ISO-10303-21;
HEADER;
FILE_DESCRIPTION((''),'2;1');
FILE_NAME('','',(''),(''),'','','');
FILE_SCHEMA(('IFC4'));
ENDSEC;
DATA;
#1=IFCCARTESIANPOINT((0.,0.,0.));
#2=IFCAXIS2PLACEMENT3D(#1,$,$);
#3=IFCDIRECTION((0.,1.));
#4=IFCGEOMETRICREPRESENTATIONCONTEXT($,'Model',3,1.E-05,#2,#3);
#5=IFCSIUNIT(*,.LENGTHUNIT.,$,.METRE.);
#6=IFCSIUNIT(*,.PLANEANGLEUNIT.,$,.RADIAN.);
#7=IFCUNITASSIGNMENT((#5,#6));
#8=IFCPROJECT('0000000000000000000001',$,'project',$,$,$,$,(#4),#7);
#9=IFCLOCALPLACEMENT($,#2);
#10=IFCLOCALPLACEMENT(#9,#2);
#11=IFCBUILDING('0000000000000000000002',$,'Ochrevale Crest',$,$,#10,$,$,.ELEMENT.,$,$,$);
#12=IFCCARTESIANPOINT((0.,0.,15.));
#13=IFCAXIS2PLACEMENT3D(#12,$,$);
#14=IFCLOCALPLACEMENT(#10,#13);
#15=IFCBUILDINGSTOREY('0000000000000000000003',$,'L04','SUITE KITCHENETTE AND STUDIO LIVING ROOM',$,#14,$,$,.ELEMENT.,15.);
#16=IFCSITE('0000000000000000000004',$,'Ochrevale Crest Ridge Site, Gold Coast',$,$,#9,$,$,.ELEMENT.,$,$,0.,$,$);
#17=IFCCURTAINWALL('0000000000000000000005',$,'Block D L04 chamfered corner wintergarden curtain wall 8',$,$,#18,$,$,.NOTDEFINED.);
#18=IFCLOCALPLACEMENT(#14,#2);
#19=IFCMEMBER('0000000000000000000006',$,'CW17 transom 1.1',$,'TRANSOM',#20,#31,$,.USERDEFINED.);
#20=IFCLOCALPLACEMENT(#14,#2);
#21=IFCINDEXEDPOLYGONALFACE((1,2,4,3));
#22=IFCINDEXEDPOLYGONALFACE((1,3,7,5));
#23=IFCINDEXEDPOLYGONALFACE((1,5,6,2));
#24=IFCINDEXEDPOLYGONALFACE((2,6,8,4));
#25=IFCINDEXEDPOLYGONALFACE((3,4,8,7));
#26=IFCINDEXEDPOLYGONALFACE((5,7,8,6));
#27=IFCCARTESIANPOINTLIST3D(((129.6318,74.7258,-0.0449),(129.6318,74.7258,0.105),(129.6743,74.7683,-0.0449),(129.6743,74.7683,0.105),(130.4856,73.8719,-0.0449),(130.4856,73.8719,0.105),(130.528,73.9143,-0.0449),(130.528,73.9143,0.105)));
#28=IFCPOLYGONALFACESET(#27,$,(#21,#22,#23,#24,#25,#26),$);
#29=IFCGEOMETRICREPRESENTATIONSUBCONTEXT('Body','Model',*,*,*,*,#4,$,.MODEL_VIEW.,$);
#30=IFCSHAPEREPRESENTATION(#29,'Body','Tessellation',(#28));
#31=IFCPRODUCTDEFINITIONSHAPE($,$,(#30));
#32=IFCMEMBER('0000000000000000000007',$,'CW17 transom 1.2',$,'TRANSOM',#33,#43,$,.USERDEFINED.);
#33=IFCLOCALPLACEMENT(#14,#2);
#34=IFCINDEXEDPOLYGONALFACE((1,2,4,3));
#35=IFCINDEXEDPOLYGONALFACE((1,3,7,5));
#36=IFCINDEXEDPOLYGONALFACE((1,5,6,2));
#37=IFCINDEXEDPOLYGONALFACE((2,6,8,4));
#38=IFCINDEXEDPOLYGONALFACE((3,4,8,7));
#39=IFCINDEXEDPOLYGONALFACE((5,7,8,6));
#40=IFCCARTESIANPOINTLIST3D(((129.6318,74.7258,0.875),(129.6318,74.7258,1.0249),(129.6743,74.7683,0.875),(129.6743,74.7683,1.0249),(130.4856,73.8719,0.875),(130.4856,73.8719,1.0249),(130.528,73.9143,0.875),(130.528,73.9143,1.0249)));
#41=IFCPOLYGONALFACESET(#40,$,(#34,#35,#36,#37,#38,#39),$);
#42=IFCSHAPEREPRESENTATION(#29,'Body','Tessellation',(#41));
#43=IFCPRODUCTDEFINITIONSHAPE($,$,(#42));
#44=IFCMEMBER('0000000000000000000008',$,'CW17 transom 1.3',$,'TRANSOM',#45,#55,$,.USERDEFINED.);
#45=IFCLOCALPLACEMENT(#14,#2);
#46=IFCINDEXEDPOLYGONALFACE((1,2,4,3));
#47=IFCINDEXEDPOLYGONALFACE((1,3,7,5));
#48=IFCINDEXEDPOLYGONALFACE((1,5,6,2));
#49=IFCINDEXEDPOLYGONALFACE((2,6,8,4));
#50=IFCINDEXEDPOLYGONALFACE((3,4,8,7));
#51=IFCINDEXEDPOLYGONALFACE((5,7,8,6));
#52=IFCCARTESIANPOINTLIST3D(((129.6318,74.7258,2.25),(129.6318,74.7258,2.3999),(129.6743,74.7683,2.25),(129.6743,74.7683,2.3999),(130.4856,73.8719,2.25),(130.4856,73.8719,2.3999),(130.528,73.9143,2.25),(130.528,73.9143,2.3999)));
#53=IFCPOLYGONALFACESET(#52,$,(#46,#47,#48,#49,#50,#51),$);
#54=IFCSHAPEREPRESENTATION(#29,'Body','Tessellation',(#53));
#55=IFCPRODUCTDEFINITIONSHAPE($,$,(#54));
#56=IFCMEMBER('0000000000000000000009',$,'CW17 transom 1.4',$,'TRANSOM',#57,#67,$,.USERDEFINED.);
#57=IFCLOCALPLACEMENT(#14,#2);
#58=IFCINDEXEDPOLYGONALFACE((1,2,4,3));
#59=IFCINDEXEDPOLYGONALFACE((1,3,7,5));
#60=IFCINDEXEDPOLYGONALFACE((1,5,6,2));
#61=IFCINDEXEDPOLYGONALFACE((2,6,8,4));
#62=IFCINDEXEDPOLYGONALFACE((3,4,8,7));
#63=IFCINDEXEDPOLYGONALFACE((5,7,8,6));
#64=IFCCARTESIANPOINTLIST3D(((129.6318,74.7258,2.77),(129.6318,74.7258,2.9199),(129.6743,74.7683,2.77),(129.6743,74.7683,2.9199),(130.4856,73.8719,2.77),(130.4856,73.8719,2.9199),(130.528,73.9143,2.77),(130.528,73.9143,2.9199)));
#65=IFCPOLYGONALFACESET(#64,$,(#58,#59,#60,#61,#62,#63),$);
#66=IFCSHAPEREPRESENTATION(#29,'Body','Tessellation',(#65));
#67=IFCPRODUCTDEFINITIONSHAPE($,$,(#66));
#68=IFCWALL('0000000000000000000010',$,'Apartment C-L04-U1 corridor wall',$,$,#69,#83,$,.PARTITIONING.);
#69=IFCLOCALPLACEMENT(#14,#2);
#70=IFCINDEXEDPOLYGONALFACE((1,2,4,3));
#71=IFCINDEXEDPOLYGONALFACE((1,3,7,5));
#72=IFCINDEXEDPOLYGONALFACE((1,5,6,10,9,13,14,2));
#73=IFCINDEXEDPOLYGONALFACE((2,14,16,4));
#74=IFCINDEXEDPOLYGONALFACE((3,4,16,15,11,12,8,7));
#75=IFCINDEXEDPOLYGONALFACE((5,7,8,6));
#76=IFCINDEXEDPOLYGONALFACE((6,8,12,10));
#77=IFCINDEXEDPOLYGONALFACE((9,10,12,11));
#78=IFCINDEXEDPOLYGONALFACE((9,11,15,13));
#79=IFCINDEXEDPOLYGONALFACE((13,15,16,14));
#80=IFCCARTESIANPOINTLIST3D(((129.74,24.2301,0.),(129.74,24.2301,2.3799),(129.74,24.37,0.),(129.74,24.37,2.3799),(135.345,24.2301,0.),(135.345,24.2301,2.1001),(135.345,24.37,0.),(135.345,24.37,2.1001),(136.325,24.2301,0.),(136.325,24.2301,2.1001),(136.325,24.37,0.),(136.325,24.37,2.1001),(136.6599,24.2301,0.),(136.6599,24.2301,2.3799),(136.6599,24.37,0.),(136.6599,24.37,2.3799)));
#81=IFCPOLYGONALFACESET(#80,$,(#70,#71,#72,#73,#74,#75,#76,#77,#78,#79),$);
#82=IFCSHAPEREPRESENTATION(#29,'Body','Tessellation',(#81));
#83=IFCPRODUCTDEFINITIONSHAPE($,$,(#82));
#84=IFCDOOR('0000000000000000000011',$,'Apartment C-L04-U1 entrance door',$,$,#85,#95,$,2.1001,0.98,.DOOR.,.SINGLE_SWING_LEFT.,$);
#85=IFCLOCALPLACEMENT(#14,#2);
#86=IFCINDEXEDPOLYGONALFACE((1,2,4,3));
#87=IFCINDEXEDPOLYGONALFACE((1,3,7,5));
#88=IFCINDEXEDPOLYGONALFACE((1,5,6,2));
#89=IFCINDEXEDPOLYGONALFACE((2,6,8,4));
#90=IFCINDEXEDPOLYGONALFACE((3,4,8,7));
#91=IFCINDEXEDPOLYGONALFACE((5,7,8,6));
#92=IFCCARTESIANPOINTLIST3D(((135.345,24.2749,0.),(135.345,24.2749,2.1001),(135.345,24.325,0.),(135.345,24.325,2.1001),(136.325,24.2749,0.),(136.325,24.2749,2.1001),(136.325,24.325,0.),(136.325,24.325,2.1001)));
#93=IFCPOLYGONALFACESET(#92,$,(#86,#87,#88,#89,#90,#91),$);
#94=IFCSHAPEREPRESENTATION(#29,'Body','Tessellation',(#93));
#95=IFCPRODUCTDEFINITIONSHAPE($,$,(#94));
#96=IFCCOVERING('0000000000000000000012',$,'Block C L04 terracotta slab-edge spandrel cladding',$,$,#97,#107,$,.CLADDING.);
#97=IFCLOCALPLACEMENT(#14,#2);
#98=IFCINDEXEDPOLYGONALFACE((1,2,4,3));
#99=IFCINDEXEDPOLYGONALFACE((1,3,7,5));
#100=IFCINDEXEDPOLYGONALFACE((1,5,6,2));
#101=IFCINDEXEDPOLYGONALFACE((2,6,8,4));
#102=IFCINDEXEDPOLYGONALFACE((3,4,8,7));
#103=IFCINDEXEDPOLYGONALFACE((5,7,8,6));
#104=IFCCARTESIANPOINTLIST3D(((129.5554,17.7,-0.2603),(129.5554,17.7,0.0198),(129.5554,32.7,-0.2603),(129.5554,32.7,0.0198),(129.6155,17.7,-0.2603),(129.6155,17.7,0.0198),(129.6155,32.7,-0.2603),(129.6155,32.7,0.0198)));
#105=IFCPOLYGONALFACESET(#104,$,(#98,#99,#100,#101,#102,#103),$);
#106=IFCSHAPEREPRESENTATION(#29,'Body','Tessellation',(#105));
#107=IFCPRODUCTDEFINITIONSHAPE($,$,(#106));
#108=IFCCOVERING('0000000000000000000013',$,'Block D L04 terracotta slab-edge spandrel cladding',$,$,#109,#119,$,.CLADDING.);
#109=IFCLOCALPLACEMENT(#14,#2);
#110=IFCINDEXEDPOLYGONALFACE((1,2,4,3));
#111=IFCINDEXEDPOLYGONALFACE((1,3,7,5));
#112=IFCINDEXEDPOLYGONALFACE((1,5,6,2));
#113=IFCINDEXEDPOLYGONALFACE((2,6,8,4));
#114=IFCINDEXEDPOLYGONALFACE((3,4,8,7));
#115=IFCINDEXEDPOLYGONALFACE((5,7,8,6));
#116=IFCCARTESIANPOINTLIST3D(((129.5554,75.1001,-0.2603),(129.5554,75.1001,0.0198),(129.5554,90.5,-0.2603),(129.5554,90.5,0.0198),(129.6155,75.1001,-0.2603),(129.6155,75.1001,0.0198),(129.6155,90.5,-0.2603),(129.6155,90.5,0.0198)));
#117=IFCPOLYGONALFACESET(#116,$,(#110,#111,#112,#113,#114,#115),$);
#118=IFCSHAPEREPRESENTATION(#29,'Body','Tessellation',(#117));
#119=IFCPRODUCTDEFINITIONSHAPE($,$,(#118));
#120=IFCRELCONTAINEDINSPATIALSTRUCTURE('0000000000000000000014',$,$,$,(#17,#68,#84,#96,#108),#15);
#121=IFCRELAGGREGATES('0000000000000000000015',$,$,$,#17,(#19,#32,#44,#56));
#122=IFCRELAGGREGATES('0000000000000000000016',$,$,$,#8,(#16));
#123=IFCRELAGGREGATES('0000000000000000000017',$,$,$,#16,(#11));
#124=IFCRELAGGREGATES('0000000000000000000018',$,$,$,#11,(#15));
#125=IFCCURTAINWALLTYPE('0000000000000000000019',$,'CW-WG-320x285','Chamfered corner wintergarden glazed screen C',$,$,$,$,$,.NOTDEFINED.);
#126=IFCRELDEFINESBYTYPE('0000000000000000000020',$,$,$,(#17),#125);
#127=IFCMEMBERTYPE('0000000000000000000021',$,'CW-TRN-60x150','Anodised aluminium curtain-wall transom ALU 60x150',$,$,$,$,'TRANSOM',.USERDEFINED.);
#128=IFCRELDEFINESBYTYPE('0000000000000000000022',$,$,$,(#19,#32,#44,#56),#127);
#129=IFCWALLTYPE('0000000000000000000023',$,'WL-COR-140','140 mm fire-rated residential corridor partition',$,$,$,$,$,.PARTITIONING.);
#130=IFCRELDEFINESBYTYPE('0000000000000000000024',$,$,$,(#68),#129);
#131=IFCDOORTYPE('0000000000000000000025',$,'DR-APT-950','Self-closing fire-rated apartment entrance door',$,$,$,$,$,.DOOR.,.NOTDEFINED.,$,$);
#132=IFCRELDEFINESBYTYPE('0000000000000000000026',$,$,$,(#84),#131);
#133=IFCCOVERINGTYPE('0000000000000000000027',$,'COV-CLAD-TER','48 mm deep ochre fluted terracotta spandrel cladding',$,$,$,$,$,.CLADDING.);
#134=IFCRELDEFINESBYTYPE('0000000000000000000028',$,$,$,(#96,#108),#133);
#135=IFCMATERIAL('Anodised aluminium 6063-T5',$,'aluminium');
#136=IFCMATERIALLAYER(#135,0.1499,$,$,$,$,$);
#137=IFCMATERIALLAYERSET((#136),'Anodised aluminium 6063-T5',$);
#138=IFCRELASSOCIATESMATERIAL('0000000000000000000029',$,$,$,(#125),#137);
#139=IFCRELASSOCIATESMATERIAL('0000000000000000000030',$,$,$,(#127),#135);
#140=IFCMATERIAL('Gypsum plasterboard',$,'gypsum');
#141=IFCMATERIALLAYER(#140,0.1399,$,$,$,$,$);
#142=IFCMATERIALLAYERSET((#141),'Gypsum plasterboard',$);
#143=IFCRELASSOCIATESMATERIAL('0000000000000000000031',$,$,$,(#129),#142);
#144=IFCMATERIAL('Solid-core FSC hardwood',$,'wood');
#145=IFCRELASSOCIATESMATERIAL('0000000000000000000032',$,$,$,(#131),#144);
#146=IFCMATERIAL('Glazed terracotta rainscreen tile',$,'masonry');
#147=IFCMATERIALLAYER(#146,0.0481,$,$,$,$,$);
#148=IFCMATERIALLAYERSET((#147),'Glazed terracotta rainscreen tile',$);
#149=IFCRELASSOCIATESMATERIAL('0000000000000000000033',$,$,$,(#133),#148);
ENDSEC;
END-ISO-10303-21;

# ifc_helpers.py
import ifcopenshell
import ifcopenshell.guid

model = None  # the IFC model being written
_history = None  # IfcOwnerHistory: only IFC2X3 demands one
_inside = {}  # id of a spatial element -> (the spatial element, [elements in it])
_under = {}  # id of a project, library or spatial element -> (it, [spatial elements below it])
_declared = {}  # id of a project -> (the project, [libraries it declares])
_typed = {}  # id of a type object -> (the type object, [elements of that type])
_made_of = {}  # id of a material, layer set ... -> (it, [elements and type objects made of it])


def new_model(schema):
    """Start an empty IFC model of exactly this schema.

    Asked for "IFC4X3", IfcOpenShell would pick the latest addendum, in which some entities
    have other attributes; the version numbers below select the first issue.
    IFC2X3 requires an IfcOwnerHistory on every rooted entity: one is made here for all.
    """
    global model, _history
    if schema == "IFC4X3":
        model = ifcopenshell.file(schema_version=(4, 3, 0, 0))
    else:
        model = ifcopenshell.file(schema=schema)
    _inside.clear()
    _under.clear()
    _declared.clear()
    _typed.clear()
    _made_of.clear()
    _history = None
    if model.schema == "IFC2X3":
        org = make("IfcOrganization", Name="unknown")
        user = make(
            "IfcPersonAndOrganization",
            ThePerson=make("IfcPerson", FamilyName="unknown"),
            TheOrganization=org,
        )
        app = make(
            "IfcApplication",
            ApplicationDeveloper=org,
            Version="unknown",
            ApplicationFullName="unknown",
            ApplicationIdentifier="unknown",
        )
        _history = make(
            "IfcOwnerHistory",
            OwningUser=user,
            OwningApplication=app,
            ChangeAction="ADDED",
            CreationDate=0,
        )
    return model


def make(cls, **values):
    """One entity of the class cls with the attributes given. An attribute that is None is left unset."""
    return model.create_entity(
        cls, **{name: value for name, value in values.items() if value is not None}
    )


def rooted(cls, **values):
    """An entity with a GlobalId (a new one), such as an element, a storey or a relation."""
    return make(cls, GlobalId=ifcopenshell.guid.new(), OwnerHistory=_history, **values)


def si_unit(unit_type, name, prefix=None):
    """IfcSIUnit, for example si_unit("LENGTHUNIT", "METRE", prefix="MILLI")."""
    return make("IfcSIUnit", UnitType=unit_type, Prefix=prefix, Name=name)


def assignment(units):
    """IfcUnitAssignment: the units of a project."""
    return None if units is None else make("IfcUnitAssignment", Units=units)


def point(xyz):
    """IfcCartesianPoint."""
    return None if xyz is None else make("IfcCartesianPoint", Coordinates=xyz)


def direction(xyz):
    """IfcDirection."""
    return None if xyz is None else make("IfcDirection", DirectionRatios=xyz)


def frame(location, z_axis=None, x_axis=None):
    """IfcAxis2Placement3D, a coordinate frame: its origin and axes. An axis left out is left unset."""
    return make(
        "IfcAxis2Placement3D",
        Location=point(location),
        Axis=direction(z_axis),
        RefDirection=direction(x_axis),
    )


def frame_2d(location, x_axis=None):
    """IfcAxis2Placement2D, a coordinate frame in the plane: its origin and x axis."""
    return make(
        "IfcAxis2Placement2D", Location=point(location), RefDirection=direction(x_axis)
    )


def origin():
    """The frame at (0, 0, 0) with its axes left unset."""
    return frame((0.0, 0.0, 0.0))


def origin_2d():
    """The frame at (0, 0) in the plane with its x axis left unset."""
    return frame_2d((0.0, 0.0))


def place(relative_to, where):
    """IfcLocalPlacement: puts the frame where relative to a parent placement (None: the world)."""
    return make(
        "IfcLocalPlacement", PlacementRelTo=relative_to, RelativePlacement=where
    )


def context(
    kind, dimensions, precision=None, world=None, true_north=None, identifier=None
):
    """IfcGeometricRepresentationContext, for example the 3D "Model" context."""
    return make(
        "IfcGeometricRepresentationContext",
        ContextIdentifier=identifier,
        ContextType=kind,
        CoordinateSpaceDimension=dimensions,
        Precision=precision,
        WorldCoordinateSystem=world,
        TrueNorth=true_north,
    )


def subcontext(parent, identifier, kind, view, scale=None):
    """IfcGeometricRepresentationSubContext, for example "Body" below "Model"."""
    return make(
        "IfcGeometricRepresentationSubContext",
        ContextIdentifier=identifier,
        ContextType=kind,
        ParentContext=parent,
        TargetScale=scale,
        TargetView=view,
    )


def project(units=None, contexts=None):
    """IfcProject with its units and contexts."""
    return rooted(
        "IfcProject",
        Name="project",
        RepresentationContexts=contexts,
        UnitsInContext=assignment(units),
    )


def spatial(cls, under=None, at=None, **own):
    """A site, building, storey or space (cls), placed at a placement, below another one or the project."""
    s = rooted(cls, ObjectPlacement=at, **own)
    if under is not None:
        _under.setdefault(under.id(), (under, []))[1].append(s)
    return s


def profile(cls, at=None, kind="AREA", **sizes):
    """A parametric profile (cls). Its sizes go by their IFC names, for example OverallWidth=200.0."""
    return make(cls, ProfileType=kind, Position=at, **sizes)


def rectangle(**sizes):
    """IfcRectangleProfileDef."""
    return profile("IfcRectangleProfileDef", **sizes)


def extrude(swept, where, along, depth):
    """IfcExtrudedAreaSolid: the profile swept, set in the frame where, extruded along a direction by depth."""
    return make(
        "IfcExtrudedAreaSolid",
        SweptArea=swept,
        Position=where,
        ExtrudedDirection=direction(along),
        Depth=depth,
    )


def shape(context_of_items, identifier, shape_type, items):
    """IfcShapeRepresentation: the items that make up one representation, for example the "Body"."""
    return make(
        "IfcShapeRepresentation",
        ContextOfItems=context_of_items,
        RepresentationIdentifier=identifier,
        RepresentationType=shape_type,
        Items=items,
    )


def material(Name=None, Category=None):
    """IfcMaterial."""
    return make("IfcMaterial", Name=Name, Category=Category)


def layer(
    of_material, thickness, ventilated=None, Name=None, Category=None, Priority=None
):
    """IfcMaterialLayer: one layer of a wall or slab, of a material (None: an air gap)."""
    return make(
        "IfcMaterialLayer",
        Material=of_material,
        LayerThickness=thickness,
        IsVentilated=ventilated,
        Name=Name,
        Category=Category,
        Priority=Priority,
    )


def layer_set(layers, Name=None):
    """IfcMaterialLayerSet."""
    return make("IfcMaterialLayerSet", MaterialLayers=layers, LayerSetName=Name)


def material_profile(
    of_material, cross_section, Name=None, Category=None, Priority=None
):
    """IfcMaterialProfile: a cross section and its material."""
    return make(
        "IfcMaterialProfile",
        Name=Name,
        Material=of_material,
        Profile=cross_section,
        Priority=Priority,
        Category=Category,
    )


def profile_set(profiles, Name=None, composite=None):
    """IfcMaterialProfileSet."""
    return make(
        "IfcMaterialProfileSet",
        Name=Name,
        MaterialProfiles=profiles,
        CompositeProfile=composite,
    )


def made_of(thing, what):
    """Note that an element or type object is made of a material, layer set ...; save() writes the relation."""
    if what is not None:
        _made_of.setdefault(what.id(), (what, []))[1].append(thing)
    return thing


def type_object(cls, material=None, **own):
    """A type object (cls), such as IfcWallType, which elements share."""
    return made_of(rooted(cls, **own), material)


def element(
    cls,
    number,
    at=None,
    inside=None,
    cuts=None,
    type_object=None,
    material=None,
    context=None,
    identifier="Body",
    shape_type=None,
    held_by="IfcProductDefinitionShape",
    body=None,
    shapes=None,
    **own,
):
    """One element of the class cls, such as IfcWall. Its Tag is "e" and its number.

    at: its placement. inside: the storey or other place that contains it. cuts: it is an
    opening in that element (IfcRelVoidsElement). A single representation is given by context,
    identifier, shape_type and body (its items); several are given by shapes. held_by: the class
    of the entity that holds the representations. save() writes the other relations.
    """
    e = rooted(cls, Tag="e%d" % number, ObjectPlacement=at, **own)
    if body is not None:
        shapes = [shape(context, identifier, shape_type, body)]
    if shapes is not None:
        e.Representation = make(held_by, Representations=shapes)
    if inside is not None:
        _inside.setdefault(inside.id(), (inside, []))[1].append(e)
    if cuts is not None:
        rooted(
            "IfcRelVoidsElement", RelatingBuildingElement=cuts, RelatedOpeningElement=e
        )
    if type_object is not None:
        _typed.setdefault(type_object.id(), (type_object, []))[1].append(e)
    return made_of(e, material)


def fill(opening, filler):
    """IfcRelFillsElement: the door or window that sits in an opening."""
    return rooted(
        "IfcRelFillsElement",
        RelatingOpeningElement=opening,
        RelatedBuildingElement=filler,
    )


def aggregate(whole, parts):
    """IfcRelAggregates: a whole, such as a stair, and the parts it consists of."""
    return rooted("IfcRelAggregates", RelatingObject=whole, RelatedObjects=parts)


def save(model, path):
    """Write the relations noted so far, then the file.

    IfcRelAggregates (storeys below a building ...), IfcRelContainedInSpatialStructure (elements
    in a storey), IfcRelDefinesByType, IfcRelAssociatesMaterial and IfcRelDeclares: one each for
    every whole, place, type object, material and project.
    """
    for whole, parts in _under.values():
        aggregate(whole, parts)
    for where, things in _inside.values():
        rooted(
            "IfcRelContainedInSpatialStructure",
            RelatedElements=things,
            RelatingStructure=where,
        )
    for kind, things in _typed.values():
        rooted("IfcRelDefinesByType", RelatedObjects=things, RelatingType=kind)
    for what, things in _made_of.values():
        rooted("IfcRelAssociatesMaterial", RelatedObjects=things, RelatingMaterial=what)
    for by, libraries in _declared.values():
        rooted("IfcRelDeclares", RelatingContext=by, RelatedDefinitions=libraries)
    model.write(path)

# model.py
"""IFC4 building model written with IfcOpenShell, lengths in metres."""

from ifc_helpers import new_model, si_unit, direction, frame, frame_2d, origin, origin_2d, place, context, subcontext, project, spatial, rectangle, extrude, material, layer, layer_set, material_profile, profile_set, type_object, element, fill, aggregate, save


model = new_model("IFC4")

# Units and contexts
model_context = context("Model", 3, precision=1e-05, world=origin(), true_north=direction((0.0, 1.0)))
body_context = subcontext(model_context, "Body", "Model", "MODEL_VIEW")
ifc_project = project(units=[si_unit("LENGTHUNIT", "METRE"), si_unit("PLANEANGLEUNIT", "RADIAN")], contexts=[model_context])

# Site, building, storey
site_placement = place(None, origin())
site = spatial("IfcSite", under=ifc_project, at=site_placement, Name="Ochrevale Crest Ridge Site, Gold Coast", CompositionType="ELEMENT", RefElevation=0.0)
building_placement = place(site_placement, origin())
building = spatial("IfcBuilding", under=site, at=building_placement, Name="Ochrevale Crest", CompositionType="ELEMENT")
storey_placement = place(building_placement, frame((0.0, 0.0, 15.0)))
storey = spatial("IfcBuildingStorey", under=building, at=storey_placement, Name="L04", Description="SUITE KITCHENETTE AND STUDIO LIVING ROOM", CompositionType="ELEMENT", Elevation=15.0)

# Curtain wall
ifc_material_1 = material(Name="Anodised aluminium 6063-T5", Category="aluminium")
ifc_layer_1 = layer(ifc_material_1, 0.1499)
ifc_layer_set_1 = layer_set([ifc_layer_1], Name="Anodised aluminium 6063-T5")
curtain_wall_type_1 = type_object("IfcCurtainWallType", Name="CW-WG-320x285", Description="Chamfered corner wintergarden glazed screen C", PredefinedType="NOTDEFINED", material=ifc_layer_set_1)
curtain_wall_1_placement = place(storey_placement, origin())
curtain_wall_1 = element("IfcCurtainWall", 1, at=curtain_wall_1_placement, inside=storey, type_object=curtain_wall_type_1, Name="Block D L04 chamfered corner wintergarden curtain wall 8", PredefinedType="NOTDEFINED")

# Members
ifc_material_profile_1 = material_profile(ifc_material_1, rectangle(XDim=0.0601, YDim=0.1499, at=origin_2d()), Name="ALU 60x150")
ifc_profile_set_1 = profile_set([ifc_material_profile_1], Name="Anodised aluminium 6063-T5")
member_type_1 = type_object("IfcMemberType", Name="CW-TRN-60x150", Description="Anodised aluminium curtain-wall transom ALU 60x150", ElementType="TRANSOM", PredefinedType="USERDEFINED", material=ifc_profile_set_1)
member_1_placement = place(storey_placement, frame((129.6531, 74.7471, 0.03), z_axis=(0.707006, -0.707208, 0.0), x_axis=(0.707208, 0.707006, 0.0)))
member_1 = element("IfcMember", 2, at=member_1_placement, type_object=member_type_1, Name="CW17 transom 1.1", ObjectType="TRANSOM", PredefinedType="USERDEFINED", context=body_context, shape_type="SweptSolid", body=[
    extrude(rectangle(XDim=0.0601, YDim=0.1499, at=origin_2d()), origin(), (0.0, 0.0, 1.0), 1.2075),
])
member_2_placement = place(storey_placement, frame((129.6531, 74.7471, 0.95), z_axis=(0.707006, -0.707208, 0.0), x_axis=(0.707208, 0.707006, 0.0)))
member_2 = element("IfcMember", 3, at=member_2_placement, type_object=member_type_1, Name="CW17 transom 1.2", ObjectType="TRANSOM", PredefinedType="USERDEFINED", context=body_context, shape_type="SweptSolid", body=[
    extrude(rectangle(XDim=0.0601, YDim=0.1499, at=origin_2d()), origin(), (0.0, 0.0, 1.0), 1.2075),
])
member_3_placement = place(storey_placement, frame((129.6531, 74.7471, 2.325), z_axis=(0.707006, -0.707208, 0.0), x_axis=(0.707208, 0.707006, 0.0)))
member_3 = element("IfcMember", 4, at=member_3_placement, type_object=member_type_1, Name="CW17 transom 1.3", ObjectType="TRANSOM", PredefinedType="USERDEFINED", context=body_context, shape_type="SweptSolid", body=[
    extrude(rectangle(XDim=0.0601, YDim=0.1499, at=origin_2d()), origin(), (0.0, 0.0, 1.0), 1.2075),
])
member_4_placement = place(storey_placement, frame((129.6531, 74.7471, 2.845), z_axis=(0.707006, -0.707208, 0.0), x_axis=(0.707208, 0.707006, 0.0)))
member_4 = element("IfcMember", 5, at=member_4_placement, type_object=member_type_1, Name="CW17 transom 1.4", ObjectType="TRANSOM", PredefinedType="USERDEFINED", context=body_context, shape_type="SweptSolid", body=[
    extrude(rectangle(XDim=0.0601, YDim=0.1499, at=origin_2d()), origin(), (0.0, 0.0, 1.0), 1.2075),
])
aggregate(curtain_wall_1, [member_1, member_2, member_3, member_4])

# Wall, opening, door
ifc_material_2 = material(Name="Gypsum plasterboard", Category="gypsum")
ifc_layer_2 = layer(ifc_material_2, 0.1399)
ifc_layer_set_2 = layer_set([ifc_layer_2], Name="Gypsum plasterboard")
wall_type = type_object("IfcWallType", Name="WL-COR-140", Description="140 mm fire-rated residential corridor partition", PredefinedType="PARTITIONING", material=ifc_layer_set_2)
wall_placement = place(storey_placement, frame((129.74, 24.3, 0.0), z_axis=(0.0, 0.0, 1.0), x_axis=(1.0, 0.0, 0.0)))
wall = element("IfcWall", 6, at=wall_placement, inside=storey, type_object=wall_type, Name="Apartment C-L04-U1 corridor wall", PredefinedType="PARTITIONING", context=body_context, shape_type="SweptSolid", body=[
    extrude(rectangle(XDim=6.9199, YDim=0.1399, at=frame_2d((3.46, 0.0))), origin(), (0.0, 0.0, 1.0), 2.3799),
])
opening_placement = place(wall_placement, frame((5.605, 0.0, 0.0)))
opening = element("IfcOpeningElement", 7, at=opening_placement, cuts=wall, PredefinedType="OPENING", context=body_context, shape_type="SweptSolid", body=[
    extrude(rectangle(XDim=0.98, YDim=2.1001, at=frame_2d((0.49, 1.05))), frame((0.0, 0.0801, 0.0), z_axis=(0.0, -1.0, 0.0), x_axis=(1.0, 0.0, 0.0)), (0.0, 0.0, 1.0), 0.1599),
])
ifc_material_3 = material(Name="Solid-core FSC hardwood", Category="wood")
door_type = type_object("IfcDoorType", Name="DR-APT-950", Description="Self-closing fire-rated apartment entrance door", OperationType="NOTDEFINED", PredefinedType="DOOR", material=ifc_material_3)
door_placement = place(opening_placement, origin())
door = element("IfcDoor", 8, at=door_placement, inside=storey, type_object=door_type, Name="Apartment C-L04-U1 entrance door", OperationType="SINGLE_SWING_LEFT", OverallHeight=2.1001, OverallWidth=0.98, PredefinedType="DOOR", context=body_context, shape_type="SweptSolid", body=[
    extrude(rectangle(XDim=0.98, YDim=2.1001, at=frame_2d((0.49, 1.05))), frame((0.0, 0.0249, 0.0), z_axis=(0.0, -1.0, 0.0), x_axis=(1.0, 0.0, 0.0)), (0.0, 0.0, 1.0), 0.05),
])
fill(opening, door)

# Coverings
ifc_material_4 = material(Name="Glazed terracotta rainscreen tile", Category="masonry")
ifc_layer_3 = layer(ifc_material_4, 0.0481)
ifc_layer_set_3 = layer_set([ifc_layer_3], Name="Glazed terracotta rainscreen tile")
covering_type = type_object("IfcCoveringType", Name="COV-CLAD-TER", Description="48 mm deep ochre fluted terracotta spandrel cladding", PredefinedType="CLADDING", material=ifc_layer_set_3)
covering_1_placement = place(storey_placement, frame((129.5854, 25.2, -0.2603), z_axis=(0.0, 0.0, 1.0), x_axis=(0.0, -1.0, 0.0)))
element("IfcCovering", 9, at=covering_1_placement, inside=storey, type_object=covering_type, Name="Block C L04 terracotta slab-edge spandrel cladding", PredefinedType="CLADDING", context=body_context, shape_type="SweptSolid", body=[
    extrude(rectangle(XDim=15.0, YDim=0.0601, at=origin_2d()), origin(), (0.0, 0.0, 1.0), 0.28),
])
covering_2_placement = place(storey_placement, frame((129.5854, 82.8, -0.2603), z_axis=(0.0, 0.0, 1.0), x_axis=(0.0, -1.0, 0.0)))
element("IfcCovering", 10, at=covering_2_placement, inside=storey, type_object=covering_type, Name="Block D L04 terracotta slab-edge spandrel cladding", PredefinedType="CLADDING", context=body_context, shape_type="SweptSolid", body=[
    extrude(rectangle(XDim=15.3999, YDim=0.0601, at=origin_2d()), origin(), (0.0, 0.0, 1.0), 0.28),
])

save(model, "model.ifc")
